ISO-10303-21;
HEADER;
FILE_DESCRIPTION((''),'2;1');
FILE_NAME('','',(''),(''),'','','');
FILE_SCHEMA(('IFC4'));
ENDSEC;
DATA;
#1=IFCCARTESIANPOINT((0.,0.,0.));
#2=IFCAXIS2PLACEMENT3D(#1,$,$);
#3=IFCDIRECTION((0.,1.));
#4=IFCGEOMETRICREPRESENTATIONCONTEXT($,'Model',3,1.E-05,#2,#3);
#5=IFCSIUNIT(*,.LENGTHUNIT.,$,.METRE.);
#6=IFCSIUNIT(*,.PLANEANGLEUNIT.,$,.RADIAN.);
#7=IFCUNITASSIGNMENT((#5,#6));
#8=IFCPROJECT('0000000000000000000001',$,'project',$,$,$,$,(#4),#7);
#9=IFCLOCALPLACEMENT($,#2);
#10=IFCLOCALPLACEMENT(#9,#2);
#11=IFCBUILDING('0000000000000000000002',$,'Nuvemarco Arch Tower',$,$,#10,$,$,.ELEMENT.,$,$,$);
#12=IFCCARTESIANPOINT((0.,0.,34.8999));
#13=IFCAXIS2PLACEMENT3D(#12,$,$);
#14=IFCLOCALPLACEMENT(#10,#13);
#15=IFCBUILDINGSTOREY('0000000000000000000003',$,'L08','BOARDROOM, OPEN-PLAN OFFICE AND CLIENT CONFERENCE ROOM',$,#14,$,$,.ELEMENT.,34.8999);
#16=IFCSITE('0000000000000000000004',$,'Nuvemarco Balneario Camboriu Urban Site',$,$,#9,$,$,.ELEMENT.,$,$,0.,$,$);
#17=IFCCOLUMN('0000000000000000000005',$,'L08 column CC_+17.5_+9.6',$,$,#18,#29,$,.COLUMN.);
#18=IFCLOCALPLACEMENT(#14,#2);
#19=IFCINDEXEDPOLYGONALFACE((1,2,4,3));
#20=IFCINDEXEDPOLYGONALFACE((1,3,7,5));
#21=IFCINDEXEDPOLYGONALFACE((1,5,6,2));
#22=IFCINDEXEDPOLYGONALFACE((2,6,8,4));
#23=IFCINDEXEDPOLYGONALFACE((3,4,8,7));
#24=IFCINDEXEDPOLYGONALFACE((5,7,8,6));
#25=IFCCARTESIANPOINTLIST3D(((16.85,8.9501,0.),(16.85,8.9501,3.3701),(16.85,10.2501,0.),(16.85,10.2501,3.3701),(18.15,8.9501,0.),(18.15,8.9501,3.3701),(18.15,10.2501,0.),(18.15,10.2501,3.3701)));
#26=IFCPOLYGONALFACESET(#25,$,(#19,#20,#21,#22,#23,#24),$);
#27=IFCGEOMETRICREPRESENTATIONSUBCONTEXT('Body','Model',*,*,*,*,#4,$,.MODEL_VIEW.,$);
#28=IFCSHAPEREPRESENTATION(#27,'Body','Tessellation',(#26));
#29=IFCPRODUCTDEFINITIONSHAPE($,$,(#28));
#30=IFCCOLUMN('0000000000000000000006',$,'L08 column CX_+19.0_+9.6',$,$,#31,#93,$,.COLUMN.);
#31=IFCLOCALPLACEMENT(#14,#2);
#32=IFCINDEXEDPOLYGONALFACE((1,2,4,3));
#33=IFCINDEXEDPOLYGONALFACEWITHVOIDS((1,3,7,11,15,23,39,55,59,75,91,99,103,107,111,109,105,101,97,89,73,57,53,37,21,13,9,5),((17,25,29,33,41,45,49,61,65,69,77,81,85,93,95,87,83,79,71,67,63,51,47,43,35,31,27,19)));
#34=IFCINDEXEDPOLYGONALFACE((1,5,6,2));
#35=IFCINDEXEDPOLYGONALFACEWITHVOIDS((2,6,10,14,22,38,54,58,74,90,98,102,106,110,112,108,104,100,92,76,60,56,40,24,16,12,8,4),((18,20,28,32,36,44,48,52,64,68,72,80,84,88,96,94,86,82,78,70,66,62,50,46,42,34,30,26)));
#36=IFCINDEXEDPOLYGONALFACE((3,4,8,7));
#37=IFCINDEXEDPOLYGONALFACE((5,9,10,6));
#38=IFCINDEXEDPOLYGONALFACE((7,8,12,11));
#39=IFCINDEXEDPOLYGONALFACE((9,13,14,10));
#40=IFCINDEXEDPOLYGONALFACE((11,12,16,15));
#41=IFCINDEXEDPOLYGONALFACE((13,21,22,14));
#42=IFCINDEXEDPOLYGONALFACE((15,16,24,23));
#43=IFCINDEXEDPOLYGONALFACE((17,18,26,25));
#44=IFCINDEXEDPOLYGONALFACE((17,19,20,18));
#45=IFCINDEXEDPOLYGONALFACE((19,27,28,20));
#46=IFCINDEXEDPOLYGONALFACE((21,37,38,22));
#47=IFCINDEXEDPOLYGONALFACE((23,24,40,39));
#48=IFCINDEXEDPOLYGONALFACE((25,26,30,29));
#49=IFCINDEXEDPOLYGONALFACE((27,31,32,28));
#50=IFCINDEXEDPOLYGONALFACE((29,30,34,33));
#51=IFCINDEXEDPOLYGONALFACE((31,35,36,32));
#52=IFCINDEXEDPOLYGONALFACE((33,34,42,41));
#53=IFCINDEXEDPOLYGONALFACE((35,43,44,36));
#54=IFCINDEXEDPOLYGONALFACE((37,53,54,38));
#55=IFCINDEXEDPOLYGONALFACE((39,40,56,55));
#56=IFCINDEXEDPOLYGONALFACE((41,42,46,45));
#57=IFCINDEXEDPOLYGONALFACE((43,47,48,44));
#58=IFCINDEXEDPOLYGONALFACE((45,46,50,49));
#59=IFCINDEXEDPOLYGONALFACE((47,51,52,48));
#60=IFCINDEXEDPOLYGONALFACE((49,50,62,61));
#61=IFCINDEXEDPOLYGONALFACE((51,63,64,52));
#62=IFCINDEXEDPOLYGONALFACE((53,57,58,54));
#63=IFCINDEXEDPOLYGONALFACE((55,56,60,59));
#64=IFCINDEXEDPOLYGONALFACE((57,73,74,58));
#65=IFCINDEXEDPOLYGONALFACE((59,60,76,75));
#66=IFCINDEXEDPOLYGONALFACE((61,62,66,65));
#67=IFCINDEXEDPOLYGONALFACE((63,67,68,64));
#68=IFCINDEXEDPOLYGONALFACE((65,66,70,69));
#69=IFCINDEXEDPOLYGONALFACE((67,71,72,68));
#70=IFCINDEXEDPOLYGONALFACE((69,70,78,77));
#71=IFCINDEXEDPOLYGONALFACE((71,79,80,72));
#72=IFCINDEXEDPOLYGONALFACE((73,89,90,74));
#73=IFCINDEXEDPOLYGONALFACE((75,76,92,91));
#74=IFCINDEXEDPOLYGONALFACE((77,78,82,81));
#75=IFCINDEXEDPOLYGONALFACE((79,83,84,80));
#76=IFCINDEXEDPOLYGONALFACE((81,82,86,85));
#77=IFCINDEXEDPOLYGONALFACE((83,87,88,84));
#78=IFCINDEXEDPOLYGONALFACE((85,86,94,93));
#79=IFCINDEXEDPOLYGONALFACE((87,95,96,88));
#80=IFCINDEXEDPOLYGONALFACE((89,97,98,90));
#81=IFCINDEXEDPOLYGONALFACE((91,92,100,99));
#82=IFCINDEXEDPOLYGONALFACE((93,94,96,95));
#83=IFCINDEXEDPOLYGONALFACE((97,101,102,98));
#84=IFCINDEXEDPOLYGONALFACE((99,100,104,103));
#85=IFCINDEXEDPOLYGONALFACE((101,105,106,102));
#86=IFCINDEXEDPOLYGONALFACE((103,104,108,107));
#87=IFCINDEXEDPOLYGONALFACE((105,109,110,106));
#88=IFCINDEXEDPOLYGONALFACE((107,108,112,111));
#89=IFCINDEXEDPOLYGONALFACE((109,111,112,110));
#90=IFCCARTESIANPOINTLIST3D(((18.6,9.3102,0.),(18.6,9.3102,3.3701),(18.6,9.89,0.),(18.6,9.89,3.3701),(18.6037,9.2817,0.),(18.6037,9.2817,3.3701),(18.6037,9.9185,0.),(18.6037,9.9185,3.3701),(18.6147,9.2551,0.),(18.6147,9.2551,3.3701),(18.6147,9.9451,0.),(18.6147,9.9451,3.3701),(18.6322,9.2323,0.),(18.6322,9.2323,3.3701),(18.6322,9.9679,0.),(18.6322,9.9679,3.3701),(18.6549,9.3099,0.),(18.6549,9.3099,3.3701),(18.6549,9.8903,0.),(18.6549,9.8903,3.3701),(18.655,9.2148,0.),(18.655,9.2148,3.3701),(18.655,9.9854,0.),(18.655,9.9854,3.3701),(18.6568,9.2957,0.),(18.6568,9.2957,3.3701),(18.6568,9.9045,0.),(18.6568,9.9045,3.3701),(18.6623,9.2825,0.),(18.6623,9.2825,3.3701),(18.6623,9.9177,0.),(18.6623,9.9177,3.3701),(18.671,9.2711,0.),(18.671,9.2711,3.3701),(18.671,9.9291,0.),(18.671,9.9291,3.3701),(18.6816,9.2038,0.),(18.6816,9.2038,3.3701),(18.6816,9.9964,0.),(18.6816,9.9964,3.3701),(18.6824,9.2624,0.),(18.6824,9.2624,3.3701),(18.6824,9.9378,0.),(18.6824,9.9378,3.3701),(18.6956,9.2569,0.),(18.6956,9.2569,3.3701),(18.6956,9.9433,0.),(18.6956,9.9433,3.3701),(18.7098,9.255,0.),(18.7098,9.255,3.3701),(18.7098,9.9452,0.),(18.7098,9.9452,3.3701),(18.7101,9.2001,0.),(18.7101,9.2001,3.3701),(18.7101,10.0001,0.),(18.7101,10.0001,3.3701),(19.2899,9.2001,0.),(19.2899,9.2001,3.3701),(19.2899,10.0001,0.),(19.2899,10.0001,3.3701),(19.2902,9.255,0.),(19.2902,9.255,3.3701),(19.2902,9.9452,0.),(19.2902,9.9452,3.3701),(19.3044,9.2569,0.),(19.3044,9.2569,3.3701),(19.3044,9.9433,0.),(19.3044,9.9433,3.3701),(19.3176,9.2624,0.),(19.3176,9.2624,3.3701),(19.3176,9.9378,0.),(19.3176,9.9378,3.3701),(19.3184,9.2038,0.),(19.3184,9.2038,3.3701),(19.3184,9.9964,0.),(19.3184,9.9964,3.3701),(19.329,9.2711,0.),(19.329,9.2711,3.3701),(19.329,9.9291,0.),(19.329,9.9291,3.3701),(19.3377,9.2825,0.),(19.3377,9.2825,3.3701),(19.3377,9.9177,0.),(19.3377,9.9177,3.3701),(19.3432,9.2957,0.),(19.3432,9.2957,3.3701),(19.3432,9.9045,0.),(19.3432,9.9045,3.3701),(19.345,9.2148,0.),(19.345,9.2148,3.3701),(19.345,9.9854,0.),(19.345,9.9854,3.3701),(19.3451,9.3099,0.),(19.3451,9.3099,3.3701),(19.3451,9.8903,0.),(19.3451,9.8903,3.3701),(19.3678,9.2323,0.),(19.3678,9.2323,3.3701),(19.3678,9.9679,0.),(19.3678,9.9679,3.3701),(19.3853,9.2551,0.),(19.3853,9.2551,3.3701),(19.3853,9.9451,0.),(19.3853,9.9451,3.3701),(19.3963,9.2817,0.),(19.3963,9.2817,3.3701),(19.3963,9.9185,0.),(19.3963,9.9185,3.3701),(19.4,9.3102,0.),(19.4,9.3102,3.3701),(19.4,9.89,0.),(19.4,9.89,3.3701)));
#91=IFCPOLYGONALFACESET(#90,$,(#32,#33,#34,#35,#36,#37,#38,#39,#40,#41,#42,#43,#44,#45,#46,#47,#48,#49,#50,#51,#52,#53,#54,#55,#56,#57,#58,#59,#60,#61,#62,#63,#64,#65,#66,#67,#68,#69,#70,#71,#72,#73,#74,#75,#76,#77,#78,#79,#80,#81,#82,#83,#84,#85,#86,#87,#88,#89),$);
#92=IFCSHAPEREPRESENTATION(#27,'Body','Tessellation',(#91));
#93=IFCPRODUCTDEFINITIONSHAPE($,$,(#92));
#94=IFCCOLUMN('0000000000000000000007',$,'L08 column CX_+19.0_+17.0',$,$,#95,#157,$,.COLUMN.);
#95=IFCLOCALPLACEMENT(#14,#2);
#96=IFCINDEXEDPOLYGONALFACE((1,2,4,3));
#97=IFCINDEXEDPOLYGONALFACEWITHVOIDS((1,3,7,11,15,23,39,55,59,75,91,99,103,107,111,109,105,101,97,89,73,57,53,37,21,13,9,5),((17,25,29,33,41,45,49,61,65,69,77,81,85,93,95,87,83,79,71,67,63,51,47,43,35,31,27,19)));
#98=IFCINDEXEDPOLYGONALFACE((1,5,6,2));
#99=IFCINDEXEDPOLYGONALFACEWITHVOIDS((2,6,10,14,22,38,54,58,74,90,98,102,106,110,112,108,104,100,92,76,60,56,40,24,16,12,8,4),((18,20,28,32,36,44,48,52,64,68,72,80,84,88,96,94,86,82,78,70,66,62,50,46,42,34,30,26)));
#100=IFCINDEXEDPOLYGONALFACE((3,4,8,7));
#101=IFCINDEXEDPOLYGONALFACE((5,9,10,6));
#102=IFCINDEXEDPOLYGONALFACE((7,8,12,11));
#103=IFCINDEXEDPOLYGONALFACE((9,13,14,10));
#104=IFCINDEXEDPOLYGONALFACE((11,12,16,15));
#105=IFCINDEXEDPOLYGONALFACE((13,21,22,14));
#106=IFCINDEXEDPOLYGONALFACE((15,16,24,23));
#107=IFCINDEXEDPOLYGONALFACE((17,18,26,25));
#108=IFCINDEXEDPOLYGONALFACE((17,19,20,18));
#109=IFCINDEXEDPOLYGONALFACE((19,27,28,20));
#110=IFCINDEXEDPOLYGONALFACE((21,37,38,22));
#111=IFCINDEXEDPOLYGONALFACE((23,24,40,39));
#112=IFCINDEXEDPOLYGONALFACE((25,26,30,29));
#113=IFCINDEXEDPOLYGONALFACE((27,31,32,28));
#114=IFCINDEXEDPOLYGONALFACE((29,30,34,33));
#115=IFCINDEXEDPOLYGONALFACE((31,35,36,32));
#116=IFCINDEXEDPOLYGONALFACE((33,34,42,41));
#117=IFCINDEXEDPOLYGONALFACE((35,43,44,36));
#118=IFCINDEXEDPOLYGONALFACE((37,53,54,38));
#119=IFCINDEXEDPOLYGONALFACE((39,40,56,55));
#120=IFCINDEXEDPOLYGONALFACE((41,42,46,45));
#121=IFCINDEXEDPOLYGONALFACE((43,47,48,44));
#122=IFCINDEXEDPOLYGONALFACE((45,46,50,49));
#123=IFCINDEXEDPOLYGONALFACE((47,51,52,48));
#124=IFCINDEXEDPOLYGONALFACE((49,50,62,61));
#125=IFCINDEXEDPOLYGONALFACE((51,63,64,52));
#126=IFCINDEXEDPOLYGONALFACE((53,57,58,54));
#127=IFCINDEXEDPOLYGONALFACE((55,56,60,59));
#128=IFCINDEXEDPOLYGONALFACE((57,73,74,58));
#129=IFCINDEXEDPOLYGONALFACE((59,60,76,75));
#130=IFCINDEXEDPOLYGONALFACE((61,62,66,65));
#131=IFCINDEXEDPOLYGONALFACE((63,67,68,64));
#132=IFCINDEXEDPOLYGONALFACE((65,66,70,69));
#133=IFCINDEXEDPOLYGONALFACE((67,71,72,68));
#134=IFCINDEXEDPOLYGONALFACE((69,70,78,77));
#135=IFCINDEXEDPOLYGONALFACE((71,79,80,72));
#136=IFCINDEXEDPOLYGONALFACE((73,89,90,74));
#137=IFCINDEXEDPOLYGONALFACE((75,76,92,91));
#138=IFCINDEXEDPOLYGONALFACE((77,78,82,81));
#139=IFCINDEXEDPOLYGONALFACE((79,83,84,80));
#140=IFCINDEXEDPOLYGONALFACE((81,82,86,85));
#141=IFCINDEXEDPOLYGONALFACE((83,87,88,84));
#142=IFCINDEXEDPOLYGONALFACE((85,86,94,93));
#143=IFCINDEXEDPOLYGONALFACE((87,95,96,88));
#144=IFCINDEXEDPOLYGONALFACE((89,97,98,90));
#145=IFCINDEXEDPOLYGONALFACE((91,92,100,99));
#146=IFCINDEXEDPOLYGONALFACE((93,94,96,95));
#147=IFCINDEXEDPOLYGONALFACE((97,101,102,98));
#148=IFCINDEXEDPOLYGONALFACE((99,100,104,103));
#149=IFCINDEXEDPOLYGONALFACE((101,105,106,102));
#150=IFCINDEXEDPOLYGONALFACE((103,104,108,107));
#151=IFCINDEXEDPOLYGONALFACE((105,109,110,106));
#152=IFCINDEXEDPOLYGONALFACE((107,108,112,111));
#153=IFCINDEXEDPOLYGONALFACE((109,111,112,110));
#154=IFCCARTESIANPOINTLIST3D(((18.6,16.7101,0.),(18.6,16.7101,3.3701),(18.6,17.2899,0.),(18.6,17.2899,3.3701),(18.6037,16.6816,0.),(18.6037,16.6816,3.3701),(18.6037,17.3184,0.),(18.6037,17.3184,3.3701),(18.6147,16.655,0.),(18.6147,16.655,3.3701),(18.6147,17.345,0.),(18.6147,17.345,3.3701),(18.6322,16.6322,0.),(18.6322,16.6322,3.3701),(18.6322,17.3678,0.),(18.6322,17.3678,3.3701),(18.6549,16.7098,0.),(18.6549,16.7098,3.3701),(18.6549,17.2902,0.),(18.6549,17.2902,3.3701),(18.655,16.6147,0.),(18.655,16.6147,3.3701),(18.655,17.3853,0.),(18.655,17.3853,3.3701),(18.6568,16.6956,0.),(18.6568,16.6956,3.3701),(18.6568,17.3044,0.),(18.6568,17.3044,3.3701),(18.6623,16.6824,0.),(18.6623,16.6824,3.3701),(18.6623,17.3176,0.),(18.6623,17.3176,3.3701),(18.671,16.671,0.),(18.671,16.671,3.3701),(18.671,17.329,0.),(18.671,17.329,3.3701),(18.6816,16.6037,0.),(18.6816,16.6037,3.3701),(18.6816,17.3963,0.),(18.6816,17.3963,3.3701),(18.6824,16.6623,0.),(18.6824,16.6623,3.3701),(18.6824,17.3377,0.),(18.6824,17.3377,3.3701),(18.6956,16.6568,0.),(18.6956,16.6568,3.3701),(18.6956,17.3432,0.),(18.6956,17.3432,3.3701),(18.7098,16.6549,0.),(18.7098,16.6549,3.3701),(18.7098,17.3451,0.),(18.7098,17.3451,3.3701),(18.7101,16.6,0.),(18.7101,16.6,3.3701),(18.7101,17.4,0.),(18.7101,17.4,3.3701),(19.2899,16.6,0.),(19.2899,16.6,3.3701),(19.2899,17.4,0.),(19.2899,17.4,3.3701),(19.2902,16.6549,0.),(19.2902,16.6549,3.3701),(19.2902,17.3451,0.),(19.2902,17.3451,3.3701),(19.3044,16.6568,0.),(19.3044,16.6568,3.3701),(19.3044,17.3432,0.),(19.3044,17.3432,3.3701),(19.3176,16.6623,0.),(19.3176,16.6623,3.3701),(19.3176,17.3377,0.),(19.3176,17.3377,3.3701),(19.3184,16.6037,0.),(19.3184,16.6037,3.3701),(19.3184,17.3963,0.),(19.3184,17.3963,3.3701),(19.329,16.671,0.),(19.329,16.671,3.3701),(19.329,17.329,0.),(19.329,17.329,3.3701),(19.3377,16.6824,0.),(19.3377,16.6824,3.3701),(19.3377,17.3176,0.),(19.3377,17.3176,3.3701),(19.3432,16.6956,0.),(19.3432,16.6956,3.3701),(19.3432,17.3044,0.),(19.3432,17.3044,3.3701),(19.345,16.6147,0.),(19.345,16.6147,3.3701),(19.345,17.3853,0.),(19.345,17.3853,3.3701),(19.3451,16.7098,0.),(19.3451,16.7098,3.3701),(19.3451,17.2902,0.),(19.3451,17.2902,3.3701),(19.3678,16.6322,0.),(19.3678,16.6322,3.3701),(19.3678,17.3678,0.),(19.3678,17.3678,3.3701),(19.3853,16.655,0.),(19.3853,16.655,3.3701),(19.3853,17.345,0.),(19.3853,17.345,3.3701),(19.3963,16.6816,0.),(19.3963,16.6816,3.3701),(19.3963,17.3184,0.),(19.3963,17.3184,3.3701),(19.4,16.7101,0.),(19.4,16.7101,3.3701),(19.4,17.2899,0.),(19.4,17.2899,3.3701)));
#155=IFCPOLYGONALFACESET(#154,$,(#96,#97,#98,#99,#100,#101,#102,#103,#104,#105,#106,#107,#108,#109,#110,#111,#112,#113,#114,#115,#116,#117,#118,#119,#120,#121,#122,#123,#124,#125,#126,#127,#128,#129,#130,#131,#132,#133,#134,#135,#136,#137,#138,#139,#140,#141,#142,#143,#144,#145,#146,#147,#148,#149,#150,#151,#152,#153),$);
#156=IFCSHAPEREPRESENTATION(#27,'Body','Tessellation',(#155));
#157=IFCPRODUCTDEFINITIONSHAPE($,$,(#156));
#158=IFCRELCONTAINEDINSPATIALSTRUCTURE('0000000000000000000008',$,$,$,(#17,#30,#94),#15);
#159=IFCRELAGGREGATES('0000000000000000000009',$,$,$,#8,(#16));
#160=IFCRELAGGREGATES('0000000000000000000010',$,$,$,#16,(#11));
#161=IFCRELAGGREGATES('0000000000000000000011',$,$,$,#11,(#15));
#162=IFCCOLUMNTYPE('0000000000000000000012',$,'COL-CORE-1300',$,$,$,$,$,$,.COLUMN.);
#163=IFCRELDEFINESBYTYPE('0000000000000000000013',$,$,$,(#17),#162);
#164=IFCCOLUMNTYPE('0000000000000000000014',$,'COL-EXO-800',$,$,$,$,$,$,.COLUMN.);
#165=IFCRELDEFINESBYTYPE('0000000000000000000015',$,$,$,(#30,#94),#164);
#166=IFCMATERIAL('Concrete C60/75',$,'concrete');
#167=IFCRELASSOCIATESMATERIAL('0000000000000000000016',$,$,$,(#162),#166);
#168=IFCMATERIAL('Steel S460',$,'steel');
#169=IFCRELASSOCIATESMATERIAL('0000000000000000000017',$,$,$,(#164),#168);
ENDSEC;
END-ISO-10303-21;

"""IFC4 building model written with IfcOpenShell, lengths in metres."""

from ifc_helpers import new_model, si_unit, direction, frame, origin, origin_2d, place, context, subcontext, project, spatial, rectangle, hollow_rectangle, extrude, material, material_profile, profile_set, type_object, element, save


model = new_model("IFC4")

# Units and contexts
model_context = context("Model", 3, precision=1e-05, world=origin(), true_north=direction((0.0, 1.0)))
body_context = subcontext(model_context, "Body", "Model", "MODEL_VIEW")
ifc_project = project(units=[si_unit("LENGTHUNIT", "METRE"), si_unit("PLANEANGLEUNIT", "RADIAN")], contexts=[model_context])

# Site, building, storey
site_placement = place(None, origin())
site = spatial("IfcSite", under=ifc_project, at=site_placement, Name="Nuvemarco Balneario Camboriu Urban Site", CompositionType="ELEMENT", RefElevation=0.0)
building_placement = place(site_placement, origin())
building = spatial("IfcBuilding", under=site, at=building_placement, Name="Nuvemarco Arch Tower", CompositionType="ELEMENT")
storey_placement = place(building_placement, frame((0.0, 0.0, 34.8999)))
storey = spatial("IfcBuildingStorey", under=building, at=storey_placement, Name="L08", Description="BOARDROOM, OPEN-PLAN OFFICE AND CLIENT CONFERENCE ROOM", CompositionType="ELEMENT", Elevation=34.8999)

# Columns
ifc_material_1 = material(Name="Concrete C60/75", Category="concrete")
ifc_material_profile_1 = material_profile(ifc_material_1, rectangle(XDim=1.3, YDim=1.3, at=origin_2d()), Name="RC-COL-1300x1300")
ifc_profile_set_1 = profile_set([ifc_material_profile_1], Name="Concrete C60/75")
column_type_1 = type_object("IfcColumnType", Name="COL-CORE-1300", PredefinedType="COLUMN", material=ifc_profile_set_1)
column_placement = place(storey_placement, frame((17.5, 9.6001, 0.0), z_axis=(0.0, 0.0, 1.0), x_axis=(1.0, 0.0, 0.0)))
element("IfcColumn", 1, at=column_placement, inside=storey, type_object=column_type_1, Name="L08 column CC_+17.5_+9.6", PredefinedType="COLUMN", context=body_context, shape_type="SweptSolid", body=[
    extrude(rectangle(XDim=1.3, YDim=1.3, at=origin_2d()), origin(), (0.0, 0.0, 1.0), 3.3701),
])
ifc_material_2 = material(Name="Steel S460", Category="steel")
ifc_material_profile_2 = material_profile(ifc_material_2, hollow_rectangle(XDim=0.8, YDim=0.8, WallThickness=0.0549, InnerFilletRadius=0.0549, OuterFilletRadius=0.1101, at=origin_2d()), Name="SHS800x800x55")
ifc_profile_set_2 = profile_set([ifc_material_profile_2], Name="Steel S460")
column_type_2 = type_object("IfcColumnType", Name="COL-EXO-800", PredefinedType="COLUMN", material=ifc_profile_set_2)
for number, where, z_axis, x_axis, name in (
    (2, (19.0, 9.6001, 0.0), (0.0, 0.0, 1.0), (1.0, 0.0, 0.0), "L08 column CX_+19.0_+9.6"),
    (3, (19.0, 17.0, 0.0), (0.0, 0.0, 1.0), (1.0, 0.0, 0.0), "L08 column CX_+19.0_+17.0"),
):
    element("IfcColumn", number, at=place(storey_placement, frame(where, z_axis=z_axis, x_axis=x_axis)), inside=storey, type_object=column_type_2, Name=name, PredefinedType="COLUMN", context=body_context, shape_type="SweptSolid", body=[
        extrude(hollow_rectangle(XDim=0.8, YDim=0.8, WallThickness=0.0549, InnerFilletRadius=0.0549, OuterFilletRadius=0.1101, at=origin_2d()), origin(), (0.0, 0.0, 1.0), 3.3701),
    ])

save(model, "model.ifc")
